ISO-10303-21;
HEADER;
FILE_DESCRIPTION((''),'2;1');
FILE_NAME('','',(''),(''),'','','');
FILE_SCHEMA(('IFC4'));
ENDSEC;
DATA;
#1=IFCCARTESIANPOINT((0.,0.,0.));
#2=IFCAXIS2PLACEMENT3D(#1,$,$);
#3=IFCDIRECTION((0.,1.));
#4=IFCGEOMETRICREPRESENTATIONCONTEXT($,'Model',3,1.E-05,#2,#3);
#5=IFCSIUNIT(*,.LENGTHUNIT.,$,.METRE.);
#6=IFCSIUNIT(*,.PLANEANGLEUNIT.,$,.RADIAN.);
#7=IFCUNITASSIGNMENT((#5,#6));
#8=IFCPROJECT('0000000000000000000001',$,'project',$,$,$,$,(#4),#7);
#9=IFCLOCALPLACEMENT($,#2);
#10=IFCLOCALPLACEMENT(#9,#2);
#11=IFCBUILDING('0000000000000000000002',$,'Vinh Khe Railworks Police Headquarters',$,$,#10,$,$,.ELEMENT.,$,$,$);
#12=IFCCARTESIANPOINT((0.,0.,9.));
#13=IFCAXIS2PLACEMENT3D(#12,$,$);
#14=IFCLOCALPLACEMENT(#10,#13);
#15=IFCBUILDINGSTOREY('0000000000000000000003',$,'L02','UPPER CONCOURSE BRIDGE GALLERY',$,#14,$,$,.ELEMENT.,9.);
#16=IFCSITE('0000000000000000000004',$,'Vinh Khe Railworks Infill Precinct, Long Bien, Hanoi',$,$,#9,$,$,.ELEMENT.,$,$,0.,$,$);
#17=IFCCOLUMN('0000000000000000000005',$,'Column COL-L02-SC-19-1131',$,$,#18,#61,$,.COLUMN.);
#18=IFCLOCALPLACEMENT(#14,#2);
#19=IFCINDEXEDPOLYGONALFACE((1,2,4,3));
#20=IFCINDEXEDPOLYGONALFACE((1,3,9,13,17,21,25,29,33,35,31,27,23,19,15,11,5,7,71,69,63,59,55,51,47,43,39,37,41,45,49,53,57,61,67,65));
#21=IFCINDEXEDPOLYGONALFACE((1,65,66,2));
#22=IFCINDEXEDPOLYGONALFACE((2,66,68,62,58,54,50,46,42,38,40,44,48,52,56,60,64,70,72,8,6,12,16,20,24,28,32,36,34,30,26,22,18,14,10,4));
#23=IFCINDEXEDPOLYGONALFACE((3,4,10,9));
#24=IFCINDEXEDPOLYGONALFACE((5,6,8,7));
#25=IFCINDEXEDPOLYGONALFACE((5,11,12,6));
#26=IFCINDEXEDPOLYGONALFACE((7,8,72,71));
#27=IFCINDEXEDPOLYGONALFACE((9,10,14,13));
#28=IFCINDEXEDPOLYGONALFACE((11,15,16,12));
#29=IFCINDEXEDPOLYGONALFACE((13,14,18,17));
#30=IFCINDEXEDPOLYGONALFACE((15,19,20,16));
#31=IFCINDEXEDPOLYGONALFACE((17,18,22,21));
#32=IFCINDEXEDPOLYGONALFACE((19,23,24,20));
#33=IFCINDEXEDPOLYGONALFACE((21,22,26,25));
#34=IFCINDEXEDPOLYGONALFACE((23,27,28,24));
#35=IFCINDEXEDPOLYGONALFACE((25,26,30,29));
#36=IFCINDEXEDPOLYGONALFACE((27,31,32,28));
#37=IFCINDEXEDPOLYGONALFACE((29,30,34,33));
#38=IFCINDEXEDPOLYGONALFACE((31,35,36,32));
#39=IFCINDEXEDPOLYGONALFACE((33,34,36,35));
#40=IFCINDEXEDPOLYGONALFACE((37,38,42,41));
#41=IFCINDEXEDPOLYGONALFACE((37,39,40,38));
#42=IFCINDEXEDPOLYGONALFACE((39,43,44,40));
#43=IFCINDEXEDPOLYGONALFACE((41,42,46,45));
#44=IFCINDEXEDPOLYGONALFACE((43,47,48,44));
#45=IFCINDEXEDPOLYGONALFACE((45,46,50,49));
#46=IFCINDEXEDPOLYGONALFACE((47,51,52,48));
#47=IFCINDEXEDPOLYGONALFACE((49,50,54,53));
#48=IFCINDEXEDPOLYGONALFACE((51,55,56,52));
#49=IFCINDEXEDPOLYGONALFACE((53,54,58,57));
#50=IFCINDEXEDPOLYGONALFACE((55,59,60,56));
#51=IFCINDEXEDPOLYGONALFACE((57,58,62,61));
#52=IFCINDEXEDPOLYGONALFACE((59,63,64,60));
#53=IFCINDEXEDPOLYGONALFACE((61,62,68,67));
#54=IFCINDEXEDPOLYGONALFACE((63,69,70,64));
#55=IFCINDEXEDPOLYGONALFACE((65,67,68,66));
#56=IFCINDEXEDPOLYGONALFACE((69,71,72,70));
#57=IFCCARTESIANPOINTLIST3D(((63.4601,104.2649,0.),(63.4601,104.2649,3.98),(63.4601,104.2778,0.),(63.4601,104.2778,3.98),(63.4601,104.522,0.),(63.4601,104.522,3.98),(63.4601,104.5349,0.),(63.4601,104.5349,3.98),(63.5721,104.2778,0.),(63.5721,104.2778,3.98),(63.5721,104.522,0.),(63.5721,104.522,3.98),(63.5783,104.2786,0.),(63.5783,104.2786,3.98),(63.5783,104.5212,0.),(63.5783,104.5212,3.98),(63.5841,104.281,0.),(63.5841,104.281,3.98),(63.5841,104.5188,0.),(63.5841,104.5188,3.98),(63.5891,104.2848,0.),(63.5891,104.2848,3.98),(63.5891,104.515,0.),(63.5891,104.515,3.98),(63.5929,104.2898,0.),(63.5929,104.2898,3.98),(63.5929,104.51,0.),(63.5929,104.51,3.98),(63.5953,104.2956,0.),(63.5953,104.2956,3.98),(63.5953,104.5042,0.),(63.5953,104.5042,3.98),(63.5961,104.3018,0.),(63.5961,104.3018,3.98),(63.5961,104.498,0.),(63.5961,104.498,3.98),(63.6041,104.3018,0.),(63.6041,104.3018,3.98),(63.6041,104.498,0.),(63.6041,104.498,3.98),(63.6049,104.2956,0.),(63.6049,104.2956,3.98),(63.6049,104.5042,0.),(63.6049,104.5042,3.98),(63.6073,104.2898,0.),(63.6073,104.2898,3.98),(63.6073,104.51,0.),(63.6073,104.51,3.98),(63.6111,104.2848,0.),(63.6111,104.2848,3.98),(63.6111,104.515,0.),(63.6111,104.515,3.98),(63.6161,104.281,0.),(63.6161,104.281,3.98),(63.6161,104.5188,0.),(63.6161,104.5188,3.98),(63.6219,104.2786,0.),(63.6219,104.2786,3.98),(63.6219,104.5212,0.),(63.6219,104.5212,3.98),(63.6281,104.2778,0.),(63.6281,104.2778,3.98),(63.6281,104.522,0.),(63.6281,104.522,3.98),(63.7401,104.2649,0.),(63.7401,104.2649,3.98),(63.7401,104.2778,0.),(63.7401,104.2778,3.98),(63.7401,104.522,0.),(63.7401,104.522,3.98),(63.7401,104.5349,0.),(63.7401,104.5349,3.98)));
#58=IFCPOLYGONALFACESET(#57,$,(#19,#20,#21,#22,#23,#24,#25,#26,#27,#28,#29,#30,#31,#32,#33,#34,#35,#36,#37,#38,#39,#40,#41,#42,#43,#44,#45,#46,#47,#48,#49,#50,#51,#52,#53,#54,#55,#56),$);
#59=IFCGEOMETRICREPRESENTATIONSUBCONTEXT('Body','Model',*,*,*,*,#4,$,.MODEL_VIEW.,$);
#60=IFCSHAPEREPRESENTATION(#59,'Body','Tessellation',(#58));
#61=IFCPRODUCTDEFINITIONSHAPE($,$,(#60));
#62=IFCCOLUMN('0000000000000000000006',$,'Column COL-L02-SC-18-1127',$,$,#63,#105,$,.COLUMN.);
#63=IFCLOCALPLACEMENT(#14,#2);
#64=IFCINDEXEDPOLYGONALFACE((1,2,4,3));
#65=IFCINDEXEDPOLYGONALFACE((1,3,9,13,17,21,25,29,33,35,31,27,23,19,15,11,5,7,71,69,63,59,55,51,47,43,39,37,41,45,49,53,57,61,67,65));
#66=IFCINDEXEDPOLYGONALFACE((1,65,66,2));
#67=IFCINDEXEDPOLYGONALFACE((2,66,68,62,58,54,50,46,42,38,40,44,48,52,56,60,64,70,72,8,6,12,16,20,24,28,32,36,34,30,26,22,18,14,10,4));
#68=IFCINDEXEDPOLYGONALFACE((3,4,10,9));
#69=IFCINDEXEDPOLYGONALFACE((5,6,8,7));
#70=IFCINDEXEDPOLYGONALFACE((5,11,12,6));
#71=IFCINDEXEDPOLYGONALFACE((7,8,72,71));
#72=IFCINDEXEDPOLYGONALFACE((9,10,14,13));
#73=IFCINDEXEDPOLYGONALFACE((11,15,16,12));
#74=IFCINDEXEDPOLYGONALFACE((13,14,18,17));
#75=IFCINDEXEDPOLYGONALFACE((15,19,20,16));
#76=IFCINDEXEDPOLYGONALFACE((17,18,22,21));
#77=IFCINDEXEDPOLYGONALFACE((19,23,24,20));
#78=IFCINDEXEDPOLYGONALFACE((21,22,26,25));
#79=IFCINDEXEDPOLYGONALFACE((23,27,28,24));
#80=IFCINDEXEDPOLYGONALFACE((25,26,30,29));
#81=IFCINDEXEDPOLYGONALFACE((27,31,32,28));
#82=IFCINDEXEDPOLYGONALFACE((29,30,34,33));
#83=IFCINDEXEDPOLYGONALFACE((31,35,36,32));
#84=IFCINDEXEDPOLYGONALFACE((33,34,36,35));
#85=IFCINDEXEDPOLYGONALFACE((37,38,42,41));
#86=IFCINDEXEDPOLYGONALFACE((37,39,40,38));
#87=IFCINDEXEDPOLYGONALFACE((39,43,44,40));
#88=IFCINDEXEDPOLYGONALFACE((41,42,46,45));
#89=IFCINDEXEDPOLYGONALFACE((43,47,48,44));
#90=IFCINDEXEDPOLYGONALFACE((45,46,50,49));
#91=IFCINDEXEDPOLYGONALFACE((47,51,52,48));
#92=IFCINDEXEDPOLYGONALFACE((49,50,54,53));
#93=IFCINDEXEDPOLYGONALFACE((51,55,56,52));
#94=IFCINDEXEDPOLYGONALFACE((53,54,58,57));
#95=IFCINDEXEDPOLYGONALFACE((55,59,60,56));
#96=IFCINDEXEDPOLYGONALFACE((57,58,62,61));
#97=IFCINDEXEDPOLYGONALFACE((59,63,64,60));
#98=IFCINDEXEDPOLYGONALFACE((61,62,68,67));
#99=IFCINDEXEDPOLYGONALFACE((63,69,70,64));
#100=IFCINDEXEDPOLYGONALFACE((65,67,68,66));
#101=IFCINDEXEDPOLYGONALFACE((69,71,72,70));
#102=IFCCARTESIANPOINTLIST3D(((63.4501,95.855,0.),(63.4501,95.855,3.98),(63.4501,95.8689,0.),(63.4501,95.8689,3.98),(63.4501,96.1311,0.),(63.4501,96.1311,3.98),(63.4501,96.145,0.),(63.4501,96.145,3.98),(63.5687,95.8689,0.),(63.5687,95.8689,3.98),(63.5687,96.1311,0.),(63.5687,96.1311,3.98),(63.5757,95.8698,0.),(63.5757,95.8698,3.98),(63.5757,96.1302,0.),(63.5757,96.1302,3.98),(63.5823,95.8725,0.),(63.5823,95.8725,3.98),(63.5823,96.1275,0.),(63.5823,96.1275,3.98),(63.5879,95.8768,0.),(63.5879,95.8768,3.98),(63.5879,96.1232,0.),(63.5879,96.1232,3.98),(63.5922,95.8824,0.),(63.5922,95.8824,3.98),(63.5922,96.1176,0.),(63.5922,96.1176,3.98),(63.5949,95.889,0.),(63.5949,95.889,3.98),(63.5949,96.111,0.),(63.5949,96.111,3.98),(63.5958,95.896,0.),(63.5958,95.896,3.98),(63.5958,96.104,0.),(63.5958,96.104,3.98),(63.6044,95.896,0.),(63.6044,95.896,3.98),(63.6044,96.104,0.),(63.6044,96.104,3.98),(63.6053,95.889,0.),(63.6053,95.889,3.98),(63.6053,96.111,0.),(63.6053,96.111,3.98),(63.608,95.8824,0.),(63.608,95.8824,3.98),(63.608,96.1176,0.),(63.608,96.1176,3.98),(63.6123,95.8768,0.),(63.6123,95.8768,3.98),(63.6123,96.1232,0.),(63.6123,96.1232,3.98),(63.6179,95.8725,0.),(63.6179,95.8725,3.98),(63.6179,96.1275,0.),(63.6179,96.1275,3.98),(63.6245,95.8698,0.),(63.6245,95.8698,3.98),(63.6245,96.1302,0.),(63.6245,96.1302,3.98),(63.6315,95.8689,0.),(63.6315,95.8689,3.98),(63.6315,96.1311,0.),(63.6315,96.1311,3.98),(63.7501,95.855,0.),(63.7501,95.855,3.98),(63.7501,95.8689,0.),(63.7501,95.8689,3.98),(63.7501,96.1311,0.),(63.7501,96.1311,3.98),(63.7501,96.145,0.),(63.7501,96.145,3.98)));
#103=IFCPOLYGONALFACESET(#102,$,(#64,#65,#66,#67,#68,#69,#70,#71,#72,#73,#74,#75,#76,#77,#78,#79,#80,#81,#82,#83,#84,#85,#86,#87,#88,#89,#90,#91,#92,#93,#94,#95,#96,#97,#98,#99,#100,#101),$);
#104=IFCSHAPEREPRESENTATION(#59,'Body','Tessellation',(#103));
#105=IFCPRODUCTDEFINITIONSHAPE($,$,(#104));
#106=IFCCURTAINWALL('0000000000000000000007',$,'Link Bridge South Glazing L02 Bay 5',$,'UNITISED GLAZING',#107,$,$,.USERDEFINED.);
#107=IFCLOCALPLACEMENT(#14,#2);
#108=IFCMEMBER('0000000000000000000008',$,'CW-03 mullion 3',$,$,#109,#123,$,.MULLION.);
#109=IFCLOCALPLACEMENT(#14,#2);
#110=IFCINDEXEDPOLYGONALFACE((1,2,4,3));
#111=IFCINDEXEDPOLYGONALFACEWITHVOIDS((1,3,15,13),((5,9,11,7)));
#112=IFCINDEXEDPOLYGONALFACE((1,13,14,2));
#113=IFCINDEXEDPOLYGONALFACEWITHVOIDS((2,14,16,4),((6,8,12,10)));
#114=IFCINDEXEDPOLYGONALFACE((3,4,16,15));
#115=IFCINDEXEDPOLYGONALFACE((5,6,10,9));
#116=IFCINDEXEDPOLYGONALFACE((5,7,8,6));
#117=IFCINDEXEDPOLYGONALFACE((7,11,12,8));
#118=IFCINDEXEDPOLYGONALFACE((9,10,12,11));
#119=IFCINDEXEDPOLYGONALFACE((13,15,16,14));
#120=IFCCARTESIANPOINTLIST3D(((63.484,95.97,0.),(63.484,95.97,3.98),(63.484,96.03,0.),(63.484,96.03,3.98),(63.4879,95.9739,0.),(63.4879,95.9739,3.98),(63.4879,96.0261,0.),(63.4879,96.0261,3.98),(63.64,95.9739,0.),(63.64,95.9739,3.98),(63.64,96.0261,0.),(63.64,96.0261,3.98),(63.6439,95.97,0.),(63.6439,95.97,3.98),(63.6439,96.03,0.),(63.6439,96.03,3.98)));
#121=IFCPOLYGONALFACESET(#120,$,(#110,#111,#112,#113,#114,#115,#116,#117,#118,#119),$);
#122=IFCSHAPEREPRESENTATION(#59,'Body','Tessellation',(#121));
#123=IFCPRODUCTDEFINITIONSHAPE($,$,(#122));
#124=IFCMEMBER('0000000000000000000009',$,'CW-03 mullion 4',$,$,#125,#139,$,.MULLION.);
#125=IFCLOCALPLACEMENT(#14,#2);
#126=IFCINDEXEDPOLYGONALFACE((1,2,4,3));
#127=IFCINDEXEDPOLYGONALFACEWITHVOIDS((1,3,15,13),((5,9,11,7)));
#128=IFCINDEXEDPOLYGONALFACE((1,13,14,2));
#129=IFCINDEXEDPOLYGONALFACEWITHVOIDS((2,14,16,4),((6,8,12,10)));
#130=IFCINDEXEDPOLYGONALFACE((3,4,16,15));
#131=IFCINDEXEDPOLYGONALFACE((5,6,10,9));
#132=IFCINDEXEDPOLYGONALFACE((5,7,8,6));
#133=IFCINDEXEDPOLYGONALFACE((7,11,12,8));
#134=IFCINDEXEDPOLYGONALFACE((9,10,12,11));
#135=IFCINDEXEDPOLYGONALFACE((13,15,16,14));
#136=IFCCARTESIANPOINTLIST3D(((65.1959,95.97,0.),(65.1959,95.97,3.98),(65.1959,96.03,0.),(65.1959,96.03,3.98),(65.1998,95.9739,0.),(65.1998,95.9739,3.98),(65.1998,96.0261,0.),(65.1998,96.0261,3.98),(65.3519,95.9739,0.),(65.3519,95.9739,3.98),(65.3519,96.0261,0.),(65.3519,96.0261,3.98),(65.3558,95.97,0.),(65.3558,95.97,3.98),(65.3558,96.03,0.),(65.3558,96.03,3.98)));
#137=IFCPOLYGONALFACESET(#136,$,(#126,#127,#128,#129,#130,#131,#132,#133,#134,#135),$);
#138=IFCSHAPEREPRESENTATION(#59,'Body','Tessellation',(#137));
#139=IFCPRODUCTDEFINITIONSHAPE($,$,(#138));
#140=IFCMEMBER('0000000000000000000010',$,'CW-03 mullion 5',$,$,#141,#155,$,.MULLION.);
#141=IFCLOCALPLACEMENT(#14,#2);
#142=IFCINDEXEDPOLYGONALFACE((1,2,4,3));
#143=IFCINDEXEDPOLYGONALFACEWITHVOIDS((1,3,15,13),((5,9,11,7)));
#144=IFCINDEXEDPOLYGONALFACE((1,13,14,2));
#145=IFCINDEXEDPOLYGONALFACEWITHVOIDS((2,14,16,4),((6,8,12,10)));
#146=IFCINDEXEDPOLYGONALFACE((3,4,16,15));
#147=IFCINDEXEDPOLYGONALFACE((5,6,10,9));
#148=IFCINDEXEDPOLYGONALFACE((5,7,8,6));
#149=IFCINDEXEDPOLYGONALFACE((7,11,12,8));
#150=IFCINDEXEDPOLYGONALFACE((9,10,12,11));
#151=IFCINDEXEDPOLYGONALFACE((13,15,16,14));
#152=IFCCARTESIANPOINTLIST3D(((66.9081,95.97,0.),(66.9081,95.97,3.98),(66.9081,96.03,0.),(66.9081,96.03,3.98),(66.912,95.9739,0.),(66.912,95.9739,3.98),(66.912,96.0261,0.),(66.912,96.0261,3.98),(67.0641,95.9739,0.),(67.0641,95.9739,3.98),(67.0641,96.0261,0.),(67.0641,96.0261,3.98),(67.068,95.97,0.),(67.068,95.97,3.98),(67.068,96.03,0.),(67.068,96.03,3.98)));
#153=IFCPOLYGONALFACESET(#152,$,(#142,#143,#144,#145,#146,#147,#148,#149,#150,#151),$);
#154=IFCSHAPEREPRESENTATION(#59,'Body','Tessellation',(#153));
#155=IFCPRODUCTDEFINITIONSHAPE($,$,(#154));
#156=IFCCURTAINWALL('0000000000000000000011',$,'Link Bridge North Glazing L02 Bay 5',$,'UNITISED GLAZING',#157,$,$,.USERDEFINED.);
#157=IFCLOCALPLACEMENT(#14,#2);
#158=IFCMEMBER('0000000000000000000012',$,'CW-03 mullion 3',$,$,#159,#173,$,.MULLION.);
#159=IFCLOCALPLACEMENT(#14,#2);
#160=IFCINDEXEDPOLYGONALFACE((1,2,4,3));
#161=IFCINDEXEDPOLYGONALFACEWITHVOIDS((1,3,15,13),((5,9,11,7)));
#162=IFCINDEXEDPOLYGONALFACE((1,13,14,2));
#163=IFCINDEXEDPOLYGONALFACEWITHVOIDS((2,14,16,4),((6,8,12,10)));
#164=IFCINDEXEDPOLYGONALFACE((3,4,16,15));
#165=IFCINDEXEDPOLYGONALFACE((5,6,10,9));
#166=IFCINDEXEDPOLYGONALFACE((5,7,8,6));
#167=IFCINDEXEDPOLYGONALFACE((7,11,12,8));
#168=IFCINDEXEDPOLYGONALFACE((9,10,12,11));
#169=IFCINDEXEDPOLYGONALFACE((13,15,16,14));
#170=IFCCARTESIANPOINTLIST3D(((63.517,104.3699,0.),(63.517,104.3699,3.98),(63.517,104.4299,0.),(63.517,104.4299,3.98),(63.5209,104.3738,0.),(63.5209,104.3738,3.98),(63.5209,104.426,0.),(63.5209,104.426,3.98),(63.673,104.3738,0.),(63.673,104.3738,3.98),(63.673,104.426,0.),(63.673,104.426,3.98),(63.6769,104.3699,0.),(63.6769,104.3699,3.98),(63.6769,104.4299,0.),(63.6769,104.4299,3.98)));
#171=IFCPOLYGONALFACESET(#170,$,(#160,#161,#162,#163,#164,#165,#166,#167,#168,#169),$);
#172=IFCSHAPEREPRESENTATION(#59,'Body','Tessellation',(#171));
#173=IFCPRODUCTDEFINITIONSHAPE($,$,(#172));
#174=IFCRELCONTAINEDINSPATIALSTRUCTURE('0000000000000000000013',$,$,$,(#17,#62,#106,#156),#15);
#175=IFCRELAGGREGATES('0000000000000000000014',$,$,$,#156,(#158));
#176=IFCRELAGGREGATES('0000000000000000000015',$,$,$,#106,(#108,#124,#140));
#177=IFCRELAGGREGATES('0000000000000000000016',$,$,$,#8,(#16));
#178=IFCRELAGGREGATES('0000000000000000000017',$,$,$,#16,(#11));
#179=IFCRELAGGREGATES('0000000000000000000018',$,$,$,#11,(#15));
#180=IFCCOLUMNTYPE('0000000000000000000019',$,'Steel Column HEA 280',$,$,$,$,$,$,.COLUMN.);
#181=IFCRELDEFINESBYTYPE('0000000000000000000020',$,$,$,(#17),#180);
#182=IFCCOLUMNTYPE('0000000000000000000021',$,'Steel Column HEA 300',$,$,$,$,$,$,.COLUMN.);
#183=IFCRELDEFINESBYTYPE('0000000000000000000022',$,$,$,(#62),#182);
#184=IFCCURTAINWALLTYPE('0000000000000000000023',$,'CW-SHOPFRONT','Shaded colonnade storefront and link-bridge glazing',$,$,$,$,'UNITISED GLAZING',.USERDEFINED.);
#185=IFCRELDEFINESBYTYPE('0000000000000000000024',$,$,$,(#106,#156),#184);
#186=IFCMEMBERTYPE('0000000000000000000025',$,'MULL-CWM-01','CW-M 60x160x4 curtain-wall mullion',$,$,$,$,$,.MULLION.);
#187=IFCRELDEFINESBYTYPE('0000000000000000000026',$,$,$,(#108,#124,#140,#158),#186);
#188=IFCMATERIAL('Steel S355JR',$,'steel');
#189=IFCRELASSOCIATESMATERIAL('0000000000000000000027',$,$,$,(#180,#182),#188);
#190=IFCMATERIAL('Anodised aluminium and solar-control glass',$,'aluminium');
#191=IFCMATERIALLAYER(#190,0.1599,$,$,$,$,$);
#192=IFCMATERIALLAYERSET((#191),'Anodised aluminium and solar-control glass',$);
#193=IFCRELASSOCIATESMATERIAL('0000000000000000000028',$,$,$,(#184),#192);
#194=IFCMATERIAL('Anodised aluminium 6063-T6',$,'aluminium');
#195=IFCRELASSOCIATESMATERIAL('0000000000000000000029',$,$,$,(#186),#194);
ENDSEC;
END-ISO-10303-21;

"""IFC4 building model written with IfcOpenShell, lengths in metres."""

from ifc_helpers import new_model, si_unit, direction, frame, origin, origin_2d, place, context, subcontext, project, spatial, hollow_rectangle, i_section, extrude, material, layer, layer_set, material_profile, profile_set, type_object, element, aggregate, save


model = new_model("IFC4")

# Units and contexts
model_context = context("Model", 3, precision=1e-05, world=origin(), true_north=direction((0.0, 1.0)))
body_context = subcontext(model_context, "Body", "Model", "MODEL_VIEW")
ifc_project = project(units=[si_unit("LENGTHUNIT", "METRE"), si_unit("PLANEANGLEUNIT", "RADIAN")], contexts=[model_context])

# Site, building, storey
site_placement = place(None, origin())
site = spatial("IfcSite", under=ifc_project, at=site_placement, Name="Vinh Khe Railworks Infill Precinct, Long Bien, Hanoi", CompositionType="ELEMENT", RefElevation=0.0)
building_placement = place(site_placement, origin())
building = spatial("IfcBuilding", under=site, at=building_placement, Name="Vinh Khe Railworks Police Headquarters", CompositionType="ELEMENT")
storey_placement = place(building_placement, frame((0.0, 0.0, 9.0)))
storey = spatial("IfcBuildingStorey", under=building, at=storey_placement, Name="L02", Description="UPPER CONCOURSE BRIDGE GALLERY", CompositionType="ELEMENT", Elevation=9.0)

# Columns
ifc_material_1 = material(Name="Steel S355JR", Category="steel")
ifc_material_profile_1 = material_profile(ifc_material_1, i_section(OverallWidth=0.28, OverallDepth=0.27, WebThickness=0.0081, FlangeThickness=0.0129, FilletRadius=0.0239, at=origin_2d()), Name="HEA 280")
ifc_profile_set_1 = profile_set([ifc_material_profile_1], Name="Steel S355JR")
column_type_1 = type_object("IfcColumnType", Name="Steel Column HEA 280", PredefinedType="COLUMN", material=ifc_profile_set_1)
column_1_placement = place(storey_placement, frame((63.6001, 104.3999, 0.0), z_axis=(0.0, 0.0, 1.0), x_axis=(1.0, 0.0, 0.0)))
element("IfcColumn", 1, at=column_1_placement, inside=storey, type_object=column_type_1, Name="Column COL-L02-SC-19-1131", PredefinedType="COLUMN", context=body_context, shape_type="SweptSolid", body=[
    extrude(i_section(OverallWidth=0.28, OverallDepth=0.27, WebThickness=0.0081, FlangeThickness=0.0129, FilletRadius=0.0239, at=origin_2d()), origin(), (0.0, 0.0, 1.0), 3.98),
])
ifc_material_profile_2 = material_profile(ifc_material_1, i_section(OverallWidth=0.3, OverallDepth=0.29, WebThickness=0.0085, FlangeThickness=0.0139, FilletRadius=0.0271, at=origin_2d()), Name="HEA 300")
ifc_profile_set_2 = profile_set([ifc_material_profile_2], Name="Steel S355JR")
column_type_2 = type_object("IfcColumnType", Name="Steel Column HEA 300", PredefinedType="COLUMN", material=ifc_profile_set_2)
column_2_placement = place(storey_placement, frame((63.6001, 96.0, 0.0), z_axis=(0.0, 0.0, 1.0), x_axis=(1.0, 0.0, 0.0)))
element("IfcColumn", 2, at=column_2_placement, inside=storey, type_object=column_type_2, Name="Column COL-L02-SC-18-1127", PredefinedType="COLUMN", context=body_context, shape_type="SweptSolid", body=[
    extrude(i_section(OverallWidth=0.3, OverallDepth=0.29, WebThickness=0.0085, FlangeThickness=0.0139, FilletRadius=0.0271, at=origin_2d()), origin(), (0.0, 0.0, 1.0), 3.98),
])

# Curtain wall, members
ifc_material_2 = material(Name="Anodised aluminium and solar-control glass", Category="aluminium")
ifc_layer_1 = layer(ifc_material_2, 0.1599)
ifc_layer_set_1 = layer_set([ifc_layer_1], Name="Anodised aluminium and solar-control glass")
curtain_wall_type = type_object("IfcCurtainWallType", Name="CW-SHOPFRONT", Description="Shaded colonnade storefront and link-bridge glazing", ElementType="UNITISED GLAZING", PredefinedType="USERDEFINED", material=ifc_layer_set_1)
curtain_wall_1_placement = place(storey_placement, origin())
curtain_wall_1 = element("IfcCurtainWall", 3, at=curtain_wall_1_placement, inside=storey, type_object=curtain_wall_type, Name="Link Bridge South Glazing L02 Bay 5", ObjectType="UNITISED GLAZING", PredefinedType="USERDEFINED")
ifc_material_3 = material(Name="Anodised aluminium 6063-T6", Category="aluminium")
ifc_material_profile_3 = material_profile(ifc_material_3, hollow_rectangle(XDim=0.0601, YDim=0.1599, WallThickness=0.0039, at=origin_2d()), Name="CW-M 60x160x4")
ifc_profile_set_3 = profile_set([ifc_material_profile_3], Name="Anodised aluminium 6063-T6")
member_type_1 = type_object("IfcMemberType", Name="MULL-CWM-01", Description="CW-M 60x160x4 curtain-wall mullion", PredefinedType="MULLION", material=ifc_profile_set_3)
member_1_placement = place(storey_placement, frame((63.564, 96.0, 0.0), z_axis=(0.0, 0.0, 1.0), x_axis=(0.0, 1.0, 0.0)))
member_1 = element("IfcMember", 4, at=member_1_placement, type_object=member_type_1, Name="CW-03 mullion 3", PredefinedType="MULLION", context=body_context, shape_type="SweptSolid", body=[
    extrude(hollow_rectangle(XDim=0.0601, YDim=0.1599, WallThickness=0.0039, at=origin_2d()), origin(), (0.0, 0.0, 1.0), 3.98),
])
member_2_placement = place(storey_placement, frame((65.2759, 96.0, 0.0), z_axis=(0.0, 0.0, 1.0), x_axis=(0.0, 1.0, 0.0)))
member_2 = element("IfcMember", 5, at=member_2_placement, type_object=member_type_1, Name="CW-03 mullion 4", PredefinedType="MULLION", context=body_context, shape_type="SweptSolid", body=[
    extrude(hollow_rectangle(XDim=0.0601, YDim=0.1599, WallThickness=0.0039, at=origin_2d()), origin(), (0.0, 0.0, 1.0), 3.98),
])
member_3_placement = place(storey_placement, frame((66.988, 96.0, 0.0), z_axis=(0.0, 0.0, 1.0), x_axis=(0.0, 1.0, 0.0)))
member_3 = element("IfcMember", 6, at=member_3_placement, type_object=member_type_1, Name="CW-03 mullion 5", PredefinedType="MULLION", context=body_context, shape_type="SweptSolid", body=[
    extrude(hollow_rectangle(XDim=0.0601, YDim=0.1599, WallThickness=0.0039, at=origin_2d()), origin(), (0.0, 0.0, 1.0), 3.98),
])

# Curtain wall, member
curtain_wall_2_placement = place(storey_placement, origin())
curtain_wall_2 = element("IfcCurtainWall", 7, at=curtain_wall_2_placement, inside=storey, type_object=curtain_wall_type, Name="Link Bridge North Glazing L02 Bay 5", ObjectType="UNITISED GLAZING", PredefinedType="USERDEFINED")
member_4_placement = place(storey_placement, frame((63.5969, 104.3999, 0.0), z_axis=(0.0, 0.0, 1.0), x_axis=(0.0, 1.0, 0.0)))
member_4 = element("IfcMember", 8, at=member_4_placement, type_object=member_type_1, Name="CW-03 mullion 3", PredefinedType="MULLION", context=body_context, shape_type="SweptSolid", body=[
    extrude(hollow_rectangle(XDim=0.0601, YDim=0.1599, WallThickness=0.0039, at=origin_2d()), origin(), (0.0, 0.0, 1.0), 3.98),
])
aggregate(curtain_wall_2, [member_4])

aggregate(curtain_wall_1, [member_1, member_2, member_3])

save(model, "model.ifc")
